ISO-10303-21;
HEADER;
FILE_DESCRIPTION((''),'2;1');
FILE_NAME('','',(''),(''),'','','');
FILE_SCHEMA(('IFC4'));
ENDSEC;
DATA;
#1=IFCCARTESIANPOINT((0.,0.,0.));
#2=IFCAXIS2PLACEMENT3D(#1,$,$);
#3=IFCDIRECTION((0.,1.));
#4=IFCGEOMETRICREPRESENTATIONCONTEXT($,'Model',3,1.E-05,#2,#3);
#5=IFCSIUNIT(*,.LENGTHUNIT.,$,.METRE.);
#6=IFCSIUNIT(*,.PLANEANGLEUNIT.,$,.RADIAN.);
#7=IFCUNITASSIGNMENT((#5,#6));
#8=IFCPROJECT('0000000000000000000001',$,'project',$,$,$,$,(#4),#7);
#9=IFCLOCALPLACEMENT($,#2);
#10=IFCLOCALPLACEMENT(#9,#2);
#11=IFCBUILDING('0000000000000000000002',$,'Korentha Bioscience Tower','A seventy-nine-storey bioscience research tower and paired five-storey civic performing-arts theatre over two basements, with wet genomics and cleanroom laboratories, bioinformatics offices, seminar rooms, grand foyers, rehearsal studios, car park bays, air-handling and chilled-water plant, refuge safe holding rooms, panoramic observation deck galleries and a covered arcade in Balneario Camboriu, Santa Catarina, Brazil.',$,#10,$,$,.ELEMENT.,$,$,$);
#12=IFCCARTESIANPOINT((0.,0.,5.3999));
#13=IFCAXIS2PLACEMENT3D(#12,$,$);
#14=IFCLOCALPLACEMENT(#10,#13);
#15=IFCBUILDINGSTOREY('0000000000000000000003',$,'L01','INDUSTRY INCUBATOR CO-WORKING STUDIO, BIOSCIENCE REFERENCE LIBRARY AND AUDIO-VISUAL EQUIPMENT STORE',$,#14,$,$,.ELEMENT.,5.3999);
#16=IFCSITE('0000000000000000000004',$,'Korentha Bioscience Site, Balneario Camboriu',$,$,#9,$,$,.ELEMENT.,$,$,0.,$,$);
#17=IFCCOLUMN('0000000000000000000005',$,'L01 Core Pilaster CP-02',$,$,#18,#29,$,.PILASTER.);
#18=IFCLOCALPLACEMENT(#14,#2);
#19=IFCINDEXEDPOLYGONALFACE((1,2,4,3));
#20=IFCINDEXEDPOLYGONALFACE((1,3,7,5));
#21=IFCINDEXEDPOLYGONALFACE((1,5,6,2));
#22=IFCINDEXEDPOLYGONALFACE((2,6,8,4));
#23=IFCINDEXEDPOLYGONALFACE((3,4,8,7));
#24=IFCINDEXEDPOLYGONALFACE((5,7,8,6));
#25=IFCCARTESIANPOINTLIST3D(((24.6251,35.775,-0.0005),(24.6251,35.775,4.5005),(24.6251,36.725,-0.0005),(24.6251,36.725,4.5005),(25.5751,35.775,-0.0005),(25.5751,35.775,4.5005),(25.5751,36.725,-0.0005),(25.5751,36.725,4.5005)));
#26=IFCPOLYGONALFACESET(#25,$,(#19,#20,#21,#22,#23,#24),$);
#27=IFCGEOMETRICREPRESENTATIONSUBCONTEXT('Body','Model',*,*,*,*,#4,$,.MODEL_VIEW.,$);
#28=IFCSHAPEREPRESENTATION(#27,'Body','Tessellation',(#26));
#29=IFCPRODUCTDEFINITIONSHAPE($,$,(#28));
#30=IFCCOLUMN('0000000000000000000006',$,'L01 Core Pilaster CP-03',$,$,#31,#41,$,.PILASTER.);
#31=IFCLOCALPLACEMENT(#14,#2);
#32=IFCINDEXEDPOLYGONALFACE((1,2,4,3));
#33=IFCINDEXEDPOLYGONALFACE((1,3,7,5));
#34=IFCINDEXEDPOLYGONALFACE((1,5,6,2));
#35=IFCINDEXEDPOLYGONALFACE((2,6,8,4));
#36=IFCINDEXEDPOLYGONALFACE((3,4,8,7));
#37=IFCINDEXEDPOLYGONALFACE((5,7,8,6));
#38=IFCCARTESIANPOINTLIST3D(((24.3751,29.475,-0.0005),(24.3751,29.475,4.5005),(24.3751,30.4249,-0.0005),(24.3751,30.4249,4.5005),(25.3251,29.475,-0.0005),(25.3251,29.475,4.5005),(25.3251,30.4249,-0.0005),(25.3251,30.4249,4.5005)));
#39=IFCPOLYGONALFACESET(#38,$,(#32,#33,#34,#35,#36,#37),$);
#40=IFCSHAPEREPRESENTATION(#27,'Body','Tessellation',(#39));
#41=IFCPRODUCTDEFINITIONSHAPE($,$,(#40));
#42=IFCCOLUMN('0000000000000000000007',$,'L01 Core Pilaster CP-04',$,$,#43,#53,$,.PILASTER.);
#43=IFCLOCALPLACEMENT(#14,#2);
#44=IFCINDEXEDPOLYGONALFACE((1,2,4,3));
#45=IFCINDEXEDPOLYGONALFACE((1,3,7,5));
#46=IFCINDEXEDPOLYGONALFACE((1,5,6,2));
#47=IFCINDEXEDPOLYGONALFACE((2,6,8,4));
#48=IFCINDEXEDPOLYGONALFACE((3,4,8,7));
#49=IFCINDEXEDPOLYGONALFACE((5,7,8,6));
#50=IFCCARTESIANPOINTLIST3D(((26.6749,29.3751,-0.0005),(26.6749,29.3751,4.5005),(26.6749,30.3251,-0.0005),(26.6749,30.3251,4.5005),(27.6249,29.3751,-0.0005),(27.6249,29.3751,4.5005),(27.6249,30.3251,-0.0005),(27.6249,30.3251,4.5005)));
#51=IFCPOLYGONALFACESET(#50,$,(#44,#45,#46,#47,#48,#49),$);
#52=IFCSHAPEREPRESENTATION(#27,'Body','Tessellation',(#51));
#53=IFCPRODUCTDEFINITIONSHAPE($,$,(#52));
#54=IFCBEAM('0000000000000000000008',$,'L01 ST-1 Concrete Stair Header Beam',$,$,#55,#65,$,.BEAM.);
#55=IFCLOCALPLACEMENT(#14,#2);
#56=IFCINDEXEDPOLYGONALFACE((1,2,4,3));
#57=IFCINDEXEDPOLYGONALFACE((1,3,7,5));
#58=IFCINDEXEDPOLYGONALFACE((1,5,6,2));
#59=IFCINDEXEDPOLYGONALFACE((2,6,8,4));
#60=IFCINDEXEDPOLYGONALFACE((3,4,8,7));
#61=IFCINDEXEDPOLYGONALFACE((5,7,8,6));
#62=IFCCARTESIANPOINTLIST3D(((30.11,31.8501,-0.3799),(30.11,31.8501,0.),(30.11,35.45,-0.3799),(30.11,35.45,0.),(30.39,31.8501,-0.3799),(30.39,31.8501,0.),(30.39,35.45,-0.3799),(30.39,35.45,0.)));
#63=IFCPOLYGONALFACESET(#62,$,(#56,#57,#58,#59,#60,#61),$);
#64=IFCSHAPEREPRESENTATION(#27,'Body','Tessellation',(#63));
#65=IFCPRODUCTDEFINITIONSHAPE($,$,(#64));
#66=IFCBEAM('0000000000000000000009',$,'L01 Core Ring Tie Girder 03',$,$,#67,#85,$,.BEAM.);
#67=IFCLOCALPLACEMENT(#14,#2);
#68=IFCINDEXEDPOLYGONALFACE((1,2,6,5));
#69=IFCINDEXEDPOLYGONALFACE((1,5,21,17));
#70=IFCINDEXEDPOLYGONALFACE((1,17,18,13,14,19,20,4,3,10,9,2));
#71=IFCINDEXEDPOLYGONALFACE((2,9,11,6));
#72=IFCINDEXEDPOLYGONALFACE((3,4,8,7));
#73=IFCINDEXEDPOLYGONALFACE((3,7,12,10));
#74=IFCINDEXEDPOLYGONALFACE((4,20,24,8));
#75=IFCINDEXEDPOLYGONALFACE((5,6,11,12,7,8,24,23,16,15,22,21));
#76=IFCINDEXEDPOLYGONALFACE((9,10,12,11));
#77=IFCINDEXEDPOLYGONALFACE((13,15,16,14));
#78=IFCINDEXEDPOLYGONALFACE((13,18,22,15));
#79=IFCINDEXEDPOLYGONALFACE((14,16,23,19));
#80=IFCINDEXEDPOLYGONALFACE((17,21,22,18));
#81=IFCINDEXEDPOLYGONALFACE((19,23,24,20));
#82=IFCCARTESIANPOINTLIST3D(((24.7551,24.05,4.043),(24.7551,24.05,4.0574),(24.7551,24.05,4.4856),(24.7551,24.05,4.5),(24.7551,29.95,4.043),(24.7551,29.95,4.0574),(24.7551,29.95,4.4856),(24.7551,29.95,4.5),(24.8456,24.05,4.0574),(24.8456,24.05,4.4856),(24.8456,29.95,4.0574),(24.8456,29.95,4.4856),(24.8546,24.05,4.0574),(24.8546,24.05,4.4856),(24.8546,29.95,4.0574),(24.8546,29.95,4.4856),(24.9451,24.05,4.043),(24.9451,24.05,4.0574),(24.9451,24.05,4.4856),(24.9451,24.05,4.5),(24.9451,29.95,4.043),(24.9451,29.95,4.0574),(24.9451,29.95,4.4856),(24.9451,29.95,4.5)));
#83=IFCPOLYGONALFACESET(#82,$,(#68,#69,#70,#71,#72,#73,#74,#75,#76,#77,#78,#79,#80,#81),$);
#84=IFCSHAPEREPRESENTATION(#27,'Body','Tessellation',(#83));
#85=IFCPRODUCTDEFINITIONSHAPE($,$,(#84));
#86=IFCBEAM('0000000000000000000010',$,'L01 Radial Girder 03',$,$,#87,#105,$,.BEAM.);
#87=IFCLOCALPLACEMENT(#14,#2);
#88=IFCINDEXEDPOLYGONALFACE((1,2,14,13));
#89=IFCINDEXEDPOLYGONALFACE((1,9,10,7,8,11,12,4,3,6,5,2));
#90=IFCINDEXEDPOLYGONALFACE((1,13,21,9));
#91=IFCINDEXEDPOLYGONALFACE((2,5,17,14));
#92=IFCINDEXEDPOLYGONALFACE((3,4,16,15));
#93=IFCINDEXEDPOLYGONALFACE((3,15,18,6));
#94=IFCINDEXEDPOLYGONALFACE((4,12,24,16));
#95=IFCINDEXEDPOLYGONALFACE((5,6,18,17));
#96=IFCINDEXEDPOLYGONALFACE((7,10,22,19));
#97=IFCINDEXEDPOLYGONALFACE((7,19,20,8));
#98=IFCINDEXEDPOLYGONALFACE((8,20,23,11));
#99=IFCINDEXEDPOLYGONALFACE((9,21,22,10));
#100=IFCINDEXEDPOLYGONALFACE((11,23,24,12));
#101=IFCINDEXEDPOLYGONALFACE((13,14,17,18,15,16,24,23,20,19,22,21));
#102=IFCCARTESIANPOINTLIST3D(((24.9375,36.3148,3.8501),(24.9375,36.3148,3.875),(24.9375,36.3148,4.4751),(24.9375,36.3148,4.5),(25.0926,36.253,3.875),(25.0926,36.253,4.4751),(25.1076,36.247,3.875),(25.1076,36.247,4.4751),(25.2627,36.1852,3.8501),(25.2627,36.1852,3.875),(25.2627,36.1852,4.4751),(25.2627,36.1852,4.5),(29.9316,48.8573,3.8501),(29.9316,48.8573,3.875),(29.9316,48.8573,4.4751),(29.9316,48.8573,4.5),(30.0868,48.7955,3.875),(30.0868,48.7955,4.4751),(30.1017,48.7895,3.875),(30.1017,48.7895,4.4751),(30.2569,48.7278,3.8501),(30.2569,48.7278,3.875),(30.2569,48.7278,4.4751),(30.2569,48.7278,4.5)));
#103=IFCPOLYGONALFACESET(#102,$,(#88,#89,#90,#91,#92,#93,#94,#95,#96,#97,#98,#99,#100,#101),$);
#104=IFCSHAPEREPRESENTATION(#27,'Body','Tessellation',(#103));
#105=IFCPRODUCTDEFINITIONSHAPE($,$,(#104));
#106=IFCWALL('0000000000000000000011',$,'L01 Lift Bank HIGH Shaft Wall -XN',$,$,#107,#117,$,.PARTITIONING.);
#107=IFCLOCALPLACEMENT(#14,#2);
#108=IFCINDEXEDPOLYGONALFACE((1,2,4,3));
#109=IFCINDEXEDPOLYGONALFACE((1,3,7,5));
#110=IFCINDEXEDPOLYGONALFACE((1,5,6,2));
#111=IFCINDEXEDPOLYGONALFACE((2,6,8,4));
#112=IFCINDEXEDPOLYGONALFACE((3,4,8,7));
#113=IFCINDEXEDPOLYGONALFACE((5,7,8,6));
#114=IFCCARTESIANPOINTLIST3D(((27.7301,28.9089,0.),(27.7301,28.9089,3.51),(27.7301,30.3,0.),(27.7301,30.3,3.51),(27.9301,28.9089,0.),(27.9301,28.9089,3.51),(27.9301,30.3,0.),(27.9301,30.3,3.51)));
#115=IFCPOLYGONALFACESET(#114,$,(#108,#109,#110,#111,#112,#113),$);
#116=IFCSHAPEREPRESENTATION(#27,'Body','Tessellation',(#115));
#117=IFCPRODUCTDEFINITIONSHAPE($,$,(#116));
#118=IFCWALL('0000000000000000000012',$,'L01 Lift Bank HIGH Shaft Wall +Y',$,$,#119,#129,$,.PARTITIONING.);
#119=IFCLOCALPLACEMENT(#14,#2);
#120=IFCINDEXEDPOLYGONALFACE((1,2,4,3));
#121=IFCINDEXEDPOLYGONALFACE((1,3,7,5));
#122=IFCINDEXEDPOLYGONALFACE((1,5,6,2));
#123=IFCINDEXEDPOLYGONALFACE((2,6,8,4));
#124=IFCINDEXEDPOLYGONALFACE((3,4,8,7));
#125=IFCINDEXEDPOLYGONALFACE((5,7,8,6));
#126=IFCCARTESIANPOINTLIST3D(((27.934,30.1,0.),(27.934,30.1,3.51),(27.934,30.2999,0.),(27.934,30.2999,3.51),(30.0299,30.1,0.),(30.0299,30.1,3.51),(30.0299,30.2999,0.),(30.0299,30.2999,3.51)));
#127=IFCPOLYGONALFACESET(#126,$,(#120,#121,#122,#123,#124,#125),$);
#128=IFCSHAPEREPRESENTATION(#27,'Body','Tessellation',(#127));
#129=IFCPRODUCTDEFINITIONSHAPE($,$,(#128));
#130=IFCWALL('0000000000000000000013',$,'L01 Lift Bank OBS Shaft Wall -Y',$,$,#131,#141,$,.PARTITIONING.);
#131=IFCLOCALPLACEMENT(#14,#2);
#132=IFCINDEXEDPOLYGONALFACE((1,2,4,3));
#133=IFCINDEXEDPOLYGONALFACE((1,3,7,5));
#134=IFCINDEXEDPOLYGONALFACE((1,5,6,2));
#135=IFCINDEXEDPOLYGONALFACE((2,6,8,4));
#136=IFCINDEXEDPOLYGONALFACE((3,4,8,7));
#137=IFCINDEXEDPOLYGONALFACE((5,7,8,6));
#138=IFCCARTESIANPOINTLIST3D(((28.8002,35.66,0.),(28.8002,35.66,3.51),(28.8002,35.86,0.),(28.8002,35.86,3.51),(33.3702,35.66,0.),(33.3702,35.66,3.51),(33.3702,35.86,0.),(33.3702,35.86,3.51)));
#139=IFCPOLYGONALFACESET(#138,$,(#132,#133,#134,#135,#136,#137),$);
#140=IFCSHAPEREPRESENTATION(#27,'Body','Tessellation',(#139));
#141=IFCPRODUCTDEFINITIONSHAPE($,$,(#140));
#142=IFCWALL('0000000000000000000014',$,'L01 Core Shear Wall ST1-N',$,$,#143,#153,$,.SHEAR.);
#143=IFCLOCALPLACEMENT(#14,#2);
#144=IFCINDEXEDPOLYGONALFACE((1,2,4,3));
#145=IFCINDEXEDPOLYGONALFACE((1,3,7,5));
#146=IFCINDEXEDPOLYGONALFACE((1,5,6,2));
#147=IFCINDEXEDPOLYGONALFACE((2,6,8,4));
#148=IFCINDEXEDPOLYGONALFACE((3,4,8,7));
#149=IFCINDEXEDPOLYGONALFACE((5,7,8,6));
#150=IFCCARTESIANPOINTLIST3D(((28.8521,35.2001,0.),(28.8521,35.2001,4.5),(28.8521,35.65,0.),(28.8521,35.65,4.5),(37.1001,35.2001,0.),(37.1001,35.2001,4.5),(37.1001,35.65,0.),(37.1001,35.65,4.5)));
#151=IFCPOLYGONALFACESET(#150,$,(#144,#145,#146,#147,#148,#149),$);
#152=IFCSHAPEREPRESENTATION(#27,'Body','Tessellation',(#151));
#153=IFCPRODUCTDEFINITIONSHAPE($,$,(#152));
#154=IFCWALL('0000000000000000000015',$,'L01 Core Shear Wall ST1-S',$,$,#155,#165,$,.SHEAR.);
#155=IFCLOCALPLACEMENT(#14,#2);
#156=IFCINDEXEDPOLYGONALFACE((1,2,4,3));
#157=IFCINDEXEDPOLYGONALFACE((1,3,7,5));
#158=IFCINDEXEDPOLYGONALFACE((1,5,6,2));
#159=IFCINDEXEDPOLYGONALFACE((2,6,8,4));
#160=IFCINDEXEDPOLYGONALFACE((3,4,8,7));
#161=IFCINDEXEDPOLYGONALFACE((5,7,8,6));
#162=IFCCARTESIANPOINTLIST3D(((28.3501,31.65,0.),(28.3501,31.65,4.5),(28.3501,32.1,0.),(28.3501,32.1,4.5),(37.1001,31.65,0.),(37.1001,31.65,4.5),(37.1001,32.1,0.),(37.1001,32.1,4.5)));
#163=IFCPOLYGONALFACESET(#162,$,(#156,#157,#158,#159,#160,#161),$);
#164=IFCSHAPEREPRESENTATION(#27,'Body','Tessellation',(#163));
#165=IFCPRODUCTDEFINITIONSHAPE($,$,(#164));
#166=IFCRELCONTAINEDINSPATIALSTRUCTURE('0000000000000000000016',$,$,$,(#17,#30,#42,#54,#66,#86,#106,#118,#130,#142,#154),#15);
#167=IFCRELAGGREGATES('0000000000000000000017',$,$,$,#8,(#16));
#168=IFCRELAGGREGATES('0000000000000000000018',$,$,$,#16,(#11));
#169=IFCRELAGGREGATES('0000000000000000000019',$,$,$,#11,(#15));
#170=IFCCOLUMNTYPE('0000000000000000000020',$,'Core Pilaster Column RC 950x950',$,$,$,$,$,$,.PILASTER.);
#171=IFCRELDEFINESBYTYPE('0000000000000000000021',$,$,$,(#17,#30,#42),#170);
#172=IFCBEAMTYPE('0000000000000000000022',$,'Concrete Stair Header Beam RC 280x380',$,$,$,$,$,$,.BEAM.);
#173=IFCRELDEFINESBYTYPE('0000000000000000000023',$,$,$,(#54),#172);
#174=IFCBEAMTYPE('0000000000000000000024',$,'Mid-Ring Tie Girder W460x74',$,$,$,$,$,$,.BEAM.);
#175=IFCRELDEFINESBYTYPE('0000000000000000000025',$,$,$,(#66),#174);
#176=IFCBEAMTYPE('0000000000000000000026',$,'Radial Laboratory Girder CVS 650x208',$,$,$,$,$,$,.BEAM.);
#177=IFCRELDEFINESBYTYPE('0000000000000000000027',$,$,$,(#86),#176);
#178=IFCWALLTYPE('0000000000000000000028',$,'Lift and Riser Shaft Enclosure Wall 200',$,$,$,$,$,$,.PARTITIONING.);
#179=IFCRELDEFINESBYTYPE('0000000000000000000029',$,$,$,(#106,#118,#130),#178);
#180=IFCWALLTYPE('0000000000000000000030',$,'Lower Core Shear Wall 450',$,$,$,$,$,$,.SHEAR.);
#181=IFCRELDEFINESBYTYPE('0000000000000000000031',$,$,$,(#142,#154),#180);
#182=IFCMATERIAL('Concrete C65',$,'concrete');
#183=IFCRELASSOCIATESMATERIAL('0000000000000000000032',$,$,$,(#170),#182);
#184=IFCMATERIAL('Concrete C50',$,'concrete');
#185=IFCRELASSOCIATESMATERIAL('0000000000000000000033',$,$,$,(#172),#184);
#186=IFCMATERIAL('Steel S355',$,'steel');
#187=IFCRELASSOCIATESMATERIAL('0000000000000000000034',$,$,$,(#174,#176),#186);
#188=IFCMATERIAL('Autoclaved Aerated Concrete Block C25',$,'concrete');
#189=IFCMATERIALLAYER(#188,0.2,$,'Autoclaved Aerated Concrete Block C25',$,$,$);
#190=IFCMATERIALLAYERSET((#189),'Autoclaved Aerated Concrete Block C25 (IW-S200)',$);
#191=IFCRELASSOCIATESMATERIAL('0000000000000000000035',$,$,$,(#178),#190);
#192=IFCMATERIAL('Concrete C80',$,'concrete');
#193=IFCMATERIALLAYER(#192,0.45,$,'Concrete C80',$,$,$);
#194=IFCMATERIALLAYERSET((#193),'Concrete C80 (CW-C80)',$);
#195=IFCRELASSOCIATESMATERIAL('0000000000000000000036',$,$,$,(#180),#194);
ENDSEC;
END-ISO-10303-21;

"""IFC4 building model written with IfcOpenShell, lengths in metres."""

from ifc_helpers import new_model, si_unit, direction, frame, frame_2d, origin, origin_2d, place, context, subcontext, project, spatial, rectangle, i_section, extrude, material, layer, layer_set, material_profile, profile_set, type_object, element, save


model = new_model("IFC4")

# Units and contexts
model_context = context("Model", 3, precision=1e-05, world=origin(), true_north=direction((0.0, 1.0)))
body_context = subcontext(model_context, "Body", "Model", "MODEL_VIEW")
ifc_project = project(units=[si_unit("LENGTHUNIT", "METRE"), si_unit("PLANEANGLEUNIT", "RADIAN")], contexts=[model_context])

# Site, building, storey
site_placement = place(None, origin())
site = spatial("IfcSite", under=ifc_project, at=site_placement, Name="Korentha Bioscience Site, Balneario Camboriu", CompositionType="ELEMENT", RefElevation=0.0)
building_placement = place(site_placement, origin())
building = spatial("IfcBuilding", under=site, at=building_placement, Name="Korentha Bioscience Tower", Description="A seventy-nine-storey bioscience research tower and paired five-storey civic performing-arts theatre over two basements, with wet genomics and cleanroom laboratories, bioinformatics offices, seminar rooms, grand foyers, rehearsal studios, car park bays, air-handling and chilled-water plant, refuge safe holding rooms, panoramic observation deck galleries and a covered arcade in Balneario Camboriu, Santa Catarina, Brazil.", CompositionType="ELEMENT")
storey_placement = place(building_placement, frame((0.0, 0.0, 5.3999)))
storey = spatial("IfcBuildingStorey", under=building, at=storey_placement, Name="L01", Description="INDUSTRY INCUBATOR CO-WORKING STUDIO, BIOSCIENCE REFERENCE LIBRARY AND AUDIO-VISUAL EQUIPMENT STORE", CompositionType="ELEMENT", Elevation=5.3999)

# Columns
ifc_material_1 = material(Name="Concrete C65", Category="concrete")
ifc_material_profile_1 = material_profile(ifc_material_1, rectangle(XDim=0.95, YDim=0.95, at=origin_2d()), Name="Concrete C65")
ifc_profile_set_1 = profile_set([ifc_material_profile_1], Name="Concrete C65 (COL-CP09)")
column_type = type_object("IfcColumnType", Name="Core Pilaster Column RC 950x950", PredefinedType="PILASTER", material=ifc_profile_set_1)
for number, where, z_axis, x_axis, name in (
    (1, (25.1001, 36.25, -0.0005), (0.0, 0.0, 1.0), (1.0, 0.0, 0.0), "L01 Core Pilaster CP-02"),
    (2, (24.8501, 29.95, -0.0005), (0.0, 0.0, 1.0), (1.0, 0.0, 0.0), "L01 Core Pilaster CP-03"),
    (3, (27.1499, 29.8501, -0.0005), (0.0, 0.0, 1.0), (1.0, 0.0, 0.0), "L01 Core Pilaster CP-04"),
):
    element("IfcColumn", number, at=place(storey_placement, frame(where, z_axis=z_axis, x_axis=x_axis)), inside=storey, type_object=column_type, Name=name, PredefinedType="PILASTER", context=body_context, shape_type="SweptSolid", body=[
        extrude(rectangle(XDim=0.95, YDim=0.95, at=origin_2d()), origin(), (0.0, 0.0, 1.0), 4.501),
    ])

# Beams
ifc_material_2 = material(Name="Concrete C50", Category="concrete")
ifc_material_profile_2 = material_profile(ifc_material_2, rectangle(XDim=0.28, YDim=0.3799, at=origin_2d()), Name="Concrete C50")
ifc_profile_set_2 = profile_set([ifc_material_profile_2], Name="Concrete C50 (ST-HB380)")
beam_type_1 = type_object("IfcBeamType", Name="Concrete Stair Header Beam RC 280x380", PredefinedType="BEAM", material=ifc_profile_set_2)
beam_1_placement = place(storey_placement, frame((30.25, 31.8501, -0.1899), z_axis=(0.0, 1.0, 0.0), x_axis=(-1.0, 0.0, 0.0)))
element("IfcBeam", 4, at=beam_1_placement, inside=storey, type_object=beam_type_1, Name="L01 ST-1 Concrete Stair Header Beam", PredefinedType="BEAM", context=body_context, shape_type="SweptSolid", body=[
    extrude(rectangle(XDim=0.28, YDim=0.3799, at=origin_2d()), origin(), (0.0, 0.0, 1.0), 3.5999),
])
ifc_material_3 = material(Name="Steel S355", Category="steel")
ifc_material_profile_3 = material_profile(ifc_material_3, i_section(OverallWidth=0.1899, OverallDepth=0.457, WebThickness=0.009, FlangeThickness=0.0144, at=origin_2d()), Name="Steel S355")
ifc_profile_set_3 = profile_set([ifc_material_profile_3], Name="Steel S355 (MB-460)")
beam_type_2 = type_object("IfcBeamType", Name="Mid-Ring Tie Girder W460x74", PredefinedType="BEAM", material=ifc_profile_set_3)
beam_2_placement = place(storey_placement, frame((24.8501, 29.95, 4.2715), z_axis=(0.0, -1.0, 0.0), x_axis=(1.0, 0.0, 0.0)))
element("IfcBeam", 5, at=beam_2_placement, inside=storey, type_object=beam_type_2, Name="L01 Core Ring Tie Girder 03", PredefinedType="BEAM", context=body_context, shape_type="SweptSolid", body=[
    extrude(i_section(OverallWidth=0.1899, OverallDepth=0.457, WebThickness=0.009, FlangeThickness=0.0144, at=origin_2d()), origin(), (0.0, 0.0, 1.0), 5.8999),
])
ifc_material_profile_4 = material_profile(ifc_material_3, i_section(OverallWidth=0.3501, OverallDepth=0.6499, WebThickness=0.0161, FlangeThickness=0.0249, at=origin_2d()), Name="Steel S355")
ifc_profile_set_4 = profile_set([ifc_material_profile_4], Name="Steel S355 (RB-650)")
beam_type_3 = type_object("IfcBeamType", Name="Radial Laboratory Girder CVS 650x208", PredefinedType="BEAM", material=ifc_profile_set_4)
beam_3_placement = place(storey_placement, frame((25.1001, 36.25, 4.175), z_axis=(0.369931, 0.929059, 0.0), x_axis=(-0.929059, 0.369931, 0.0)))
element("IfcBeam", 6, at=beam_3_placement, inside=storey, type_object=beam_type_3, Name="L01 Radial Girder 03", PredefinedType="BEAM", context=body_context, shape_type="SweptSolid", body=[
    extrude(i_section(OverallWidth=0.3501, OverallDepth=0.6499, WebThickness=0.0161, FlangeThickness=0.0249, at=origin_2d()), origin(), (0.0, 0.0, 1.0), 13.5002),
])

# Walls
ifc_material_4 = material(Name="Autoclaved Aerated Concrete Block C25", Category="concrete")
ifc_layer_1 = layer(ifc_material_4, 0.2, Name="Autoclaved Aerated Concrete Block C25")
ifc_layer_set_1 = layer_set([ifc_layer_1], Name="Autoclaved Aerated Concrete Block C25 (IW-S200)")
wall_type_1 = type_object("IfcWallType", Name="Lift and Riser Shaft Enclosure Wall 200", PredefinedType="PARTITIONING", material=ifc_layer_set_1)
wall_1_placement = place(storey_placement, frame((27.8301, 28.9089, 0.0), z_axis=(0.0, 0.0, 1.0), x_axis=(0.0, 1.0, 0.0)))
element("IfcWall", 7, at=wall_1_placement, inside=storey, type_object=wall_type_1, Name="L01 Lift Bank HIGH Shaft Wall -XN", PredefinedType="PARTITIONING", context=body_context, shape_type="SweptSolid", body=[
    extrude(rectangle(XDim=1.3911, YDim=0.2, at=frame_2d((0.6956, 0.0))), origin(), (0.0, 0.0, 1.0), 3.51),
])
wall_2_placement = place(storey_placement, frame((27.9341, 30.2, 0.0), z_axis=(0.0, 0.0, 1.0), x_axis=(1.0, 0.0, 0.0)))
element("IfcWall", 8, at=wall_2_placement, inside=storey, type_object=wall_type_1, Name="L01 Lift Bank HIGH Shaft Wall +Y", PredefinedType="PARTITIONING", context=body_context, shape_type="SweptSolid", body=[
    extrude(rectangle(XDim=2.0959, YDim=0.2, at=frame_2d((1.0479, 0.0))), origin(), (0.0, 0.0, 1.0), 3.51),
])
wall_3_placement = place(storey_placement, frame((28.8, 35.76, 0.0), z_axis=(0.0, 0.0, 1.0), x_axis=(1.0, 0.0, 0.0)))
element("IfcWall", 9, at=wall_3_placement, inside=storey, type_object=wall_type_1, Name="L01 Lift Bank OBS Shaft Wall -Y", PredefinedType="PARTITIONING", context=body_context, shape_type="SweptSolid", body=[
    extrude(rectangle(XDim=4.5701, YDim=0.2, at=frame_2d((2.2852, 0.0))), origin(), (0.0, 0.0, 1.0), 3.51),
])
ifc_material_5 = material(Name="Concrete C80", Category="concrete")
ifc_layer_2 = layer(ifc_material_5, 0.45, Name="Concrete C80")
ifc_layer_set_2 = layer_set([ifc_layer_2], Name="Concrete C80 (CW-C80)")
wall_type_2 = type_object("IfcWallType", Name="Lower Core Shear Wall 450", PredefinedType="SHEAR", material=ifc_layer_set_2)
wall_4_placement = place(storey_placement, frame((28.8521, 35.425, 0.0), z_axis=(0.0, 0.0, 1.0), x_axis=(1.0, 0.0, 0.0)))
element("IfcWall", 10, at=wall_4_placement, inside=storey, type_object=wall_type_2, Name="L01 Core Shear Wall ST1-N", PredefinedType="SHEAR", context=body_context, shape_type="SweptSolid", body=[
    extrude(rectangle(XDim=8.248, YDim=0.45, at=frame_2d((4.124, 0.0))), origin(), (0.0, 0.0, 1.0), 4.5),
])
wall_5_placement = place(storey_placement, frame((28.3501, 31.875, 0.0), z_axis=(0.0, 0.0, 1.0), x_axis=(1.0, 0.0, 0.0)))
element("IfcWall", 11, at=wall_5_placement, inside=storey, type_object=wall_type_2, Name="L01 Core Shear Wall ST1-S", PredefinedType="SHEAR", context=body_context, shape_type="SweptSolid", body=[
    extrude(rectangle(XDim=8.75, YDim=0.45, at=frame_2d((4.375, 0.0))), origin(), (0.0, 0.0, 1.0), 4.5),
])

save(model, "model.ifc")
